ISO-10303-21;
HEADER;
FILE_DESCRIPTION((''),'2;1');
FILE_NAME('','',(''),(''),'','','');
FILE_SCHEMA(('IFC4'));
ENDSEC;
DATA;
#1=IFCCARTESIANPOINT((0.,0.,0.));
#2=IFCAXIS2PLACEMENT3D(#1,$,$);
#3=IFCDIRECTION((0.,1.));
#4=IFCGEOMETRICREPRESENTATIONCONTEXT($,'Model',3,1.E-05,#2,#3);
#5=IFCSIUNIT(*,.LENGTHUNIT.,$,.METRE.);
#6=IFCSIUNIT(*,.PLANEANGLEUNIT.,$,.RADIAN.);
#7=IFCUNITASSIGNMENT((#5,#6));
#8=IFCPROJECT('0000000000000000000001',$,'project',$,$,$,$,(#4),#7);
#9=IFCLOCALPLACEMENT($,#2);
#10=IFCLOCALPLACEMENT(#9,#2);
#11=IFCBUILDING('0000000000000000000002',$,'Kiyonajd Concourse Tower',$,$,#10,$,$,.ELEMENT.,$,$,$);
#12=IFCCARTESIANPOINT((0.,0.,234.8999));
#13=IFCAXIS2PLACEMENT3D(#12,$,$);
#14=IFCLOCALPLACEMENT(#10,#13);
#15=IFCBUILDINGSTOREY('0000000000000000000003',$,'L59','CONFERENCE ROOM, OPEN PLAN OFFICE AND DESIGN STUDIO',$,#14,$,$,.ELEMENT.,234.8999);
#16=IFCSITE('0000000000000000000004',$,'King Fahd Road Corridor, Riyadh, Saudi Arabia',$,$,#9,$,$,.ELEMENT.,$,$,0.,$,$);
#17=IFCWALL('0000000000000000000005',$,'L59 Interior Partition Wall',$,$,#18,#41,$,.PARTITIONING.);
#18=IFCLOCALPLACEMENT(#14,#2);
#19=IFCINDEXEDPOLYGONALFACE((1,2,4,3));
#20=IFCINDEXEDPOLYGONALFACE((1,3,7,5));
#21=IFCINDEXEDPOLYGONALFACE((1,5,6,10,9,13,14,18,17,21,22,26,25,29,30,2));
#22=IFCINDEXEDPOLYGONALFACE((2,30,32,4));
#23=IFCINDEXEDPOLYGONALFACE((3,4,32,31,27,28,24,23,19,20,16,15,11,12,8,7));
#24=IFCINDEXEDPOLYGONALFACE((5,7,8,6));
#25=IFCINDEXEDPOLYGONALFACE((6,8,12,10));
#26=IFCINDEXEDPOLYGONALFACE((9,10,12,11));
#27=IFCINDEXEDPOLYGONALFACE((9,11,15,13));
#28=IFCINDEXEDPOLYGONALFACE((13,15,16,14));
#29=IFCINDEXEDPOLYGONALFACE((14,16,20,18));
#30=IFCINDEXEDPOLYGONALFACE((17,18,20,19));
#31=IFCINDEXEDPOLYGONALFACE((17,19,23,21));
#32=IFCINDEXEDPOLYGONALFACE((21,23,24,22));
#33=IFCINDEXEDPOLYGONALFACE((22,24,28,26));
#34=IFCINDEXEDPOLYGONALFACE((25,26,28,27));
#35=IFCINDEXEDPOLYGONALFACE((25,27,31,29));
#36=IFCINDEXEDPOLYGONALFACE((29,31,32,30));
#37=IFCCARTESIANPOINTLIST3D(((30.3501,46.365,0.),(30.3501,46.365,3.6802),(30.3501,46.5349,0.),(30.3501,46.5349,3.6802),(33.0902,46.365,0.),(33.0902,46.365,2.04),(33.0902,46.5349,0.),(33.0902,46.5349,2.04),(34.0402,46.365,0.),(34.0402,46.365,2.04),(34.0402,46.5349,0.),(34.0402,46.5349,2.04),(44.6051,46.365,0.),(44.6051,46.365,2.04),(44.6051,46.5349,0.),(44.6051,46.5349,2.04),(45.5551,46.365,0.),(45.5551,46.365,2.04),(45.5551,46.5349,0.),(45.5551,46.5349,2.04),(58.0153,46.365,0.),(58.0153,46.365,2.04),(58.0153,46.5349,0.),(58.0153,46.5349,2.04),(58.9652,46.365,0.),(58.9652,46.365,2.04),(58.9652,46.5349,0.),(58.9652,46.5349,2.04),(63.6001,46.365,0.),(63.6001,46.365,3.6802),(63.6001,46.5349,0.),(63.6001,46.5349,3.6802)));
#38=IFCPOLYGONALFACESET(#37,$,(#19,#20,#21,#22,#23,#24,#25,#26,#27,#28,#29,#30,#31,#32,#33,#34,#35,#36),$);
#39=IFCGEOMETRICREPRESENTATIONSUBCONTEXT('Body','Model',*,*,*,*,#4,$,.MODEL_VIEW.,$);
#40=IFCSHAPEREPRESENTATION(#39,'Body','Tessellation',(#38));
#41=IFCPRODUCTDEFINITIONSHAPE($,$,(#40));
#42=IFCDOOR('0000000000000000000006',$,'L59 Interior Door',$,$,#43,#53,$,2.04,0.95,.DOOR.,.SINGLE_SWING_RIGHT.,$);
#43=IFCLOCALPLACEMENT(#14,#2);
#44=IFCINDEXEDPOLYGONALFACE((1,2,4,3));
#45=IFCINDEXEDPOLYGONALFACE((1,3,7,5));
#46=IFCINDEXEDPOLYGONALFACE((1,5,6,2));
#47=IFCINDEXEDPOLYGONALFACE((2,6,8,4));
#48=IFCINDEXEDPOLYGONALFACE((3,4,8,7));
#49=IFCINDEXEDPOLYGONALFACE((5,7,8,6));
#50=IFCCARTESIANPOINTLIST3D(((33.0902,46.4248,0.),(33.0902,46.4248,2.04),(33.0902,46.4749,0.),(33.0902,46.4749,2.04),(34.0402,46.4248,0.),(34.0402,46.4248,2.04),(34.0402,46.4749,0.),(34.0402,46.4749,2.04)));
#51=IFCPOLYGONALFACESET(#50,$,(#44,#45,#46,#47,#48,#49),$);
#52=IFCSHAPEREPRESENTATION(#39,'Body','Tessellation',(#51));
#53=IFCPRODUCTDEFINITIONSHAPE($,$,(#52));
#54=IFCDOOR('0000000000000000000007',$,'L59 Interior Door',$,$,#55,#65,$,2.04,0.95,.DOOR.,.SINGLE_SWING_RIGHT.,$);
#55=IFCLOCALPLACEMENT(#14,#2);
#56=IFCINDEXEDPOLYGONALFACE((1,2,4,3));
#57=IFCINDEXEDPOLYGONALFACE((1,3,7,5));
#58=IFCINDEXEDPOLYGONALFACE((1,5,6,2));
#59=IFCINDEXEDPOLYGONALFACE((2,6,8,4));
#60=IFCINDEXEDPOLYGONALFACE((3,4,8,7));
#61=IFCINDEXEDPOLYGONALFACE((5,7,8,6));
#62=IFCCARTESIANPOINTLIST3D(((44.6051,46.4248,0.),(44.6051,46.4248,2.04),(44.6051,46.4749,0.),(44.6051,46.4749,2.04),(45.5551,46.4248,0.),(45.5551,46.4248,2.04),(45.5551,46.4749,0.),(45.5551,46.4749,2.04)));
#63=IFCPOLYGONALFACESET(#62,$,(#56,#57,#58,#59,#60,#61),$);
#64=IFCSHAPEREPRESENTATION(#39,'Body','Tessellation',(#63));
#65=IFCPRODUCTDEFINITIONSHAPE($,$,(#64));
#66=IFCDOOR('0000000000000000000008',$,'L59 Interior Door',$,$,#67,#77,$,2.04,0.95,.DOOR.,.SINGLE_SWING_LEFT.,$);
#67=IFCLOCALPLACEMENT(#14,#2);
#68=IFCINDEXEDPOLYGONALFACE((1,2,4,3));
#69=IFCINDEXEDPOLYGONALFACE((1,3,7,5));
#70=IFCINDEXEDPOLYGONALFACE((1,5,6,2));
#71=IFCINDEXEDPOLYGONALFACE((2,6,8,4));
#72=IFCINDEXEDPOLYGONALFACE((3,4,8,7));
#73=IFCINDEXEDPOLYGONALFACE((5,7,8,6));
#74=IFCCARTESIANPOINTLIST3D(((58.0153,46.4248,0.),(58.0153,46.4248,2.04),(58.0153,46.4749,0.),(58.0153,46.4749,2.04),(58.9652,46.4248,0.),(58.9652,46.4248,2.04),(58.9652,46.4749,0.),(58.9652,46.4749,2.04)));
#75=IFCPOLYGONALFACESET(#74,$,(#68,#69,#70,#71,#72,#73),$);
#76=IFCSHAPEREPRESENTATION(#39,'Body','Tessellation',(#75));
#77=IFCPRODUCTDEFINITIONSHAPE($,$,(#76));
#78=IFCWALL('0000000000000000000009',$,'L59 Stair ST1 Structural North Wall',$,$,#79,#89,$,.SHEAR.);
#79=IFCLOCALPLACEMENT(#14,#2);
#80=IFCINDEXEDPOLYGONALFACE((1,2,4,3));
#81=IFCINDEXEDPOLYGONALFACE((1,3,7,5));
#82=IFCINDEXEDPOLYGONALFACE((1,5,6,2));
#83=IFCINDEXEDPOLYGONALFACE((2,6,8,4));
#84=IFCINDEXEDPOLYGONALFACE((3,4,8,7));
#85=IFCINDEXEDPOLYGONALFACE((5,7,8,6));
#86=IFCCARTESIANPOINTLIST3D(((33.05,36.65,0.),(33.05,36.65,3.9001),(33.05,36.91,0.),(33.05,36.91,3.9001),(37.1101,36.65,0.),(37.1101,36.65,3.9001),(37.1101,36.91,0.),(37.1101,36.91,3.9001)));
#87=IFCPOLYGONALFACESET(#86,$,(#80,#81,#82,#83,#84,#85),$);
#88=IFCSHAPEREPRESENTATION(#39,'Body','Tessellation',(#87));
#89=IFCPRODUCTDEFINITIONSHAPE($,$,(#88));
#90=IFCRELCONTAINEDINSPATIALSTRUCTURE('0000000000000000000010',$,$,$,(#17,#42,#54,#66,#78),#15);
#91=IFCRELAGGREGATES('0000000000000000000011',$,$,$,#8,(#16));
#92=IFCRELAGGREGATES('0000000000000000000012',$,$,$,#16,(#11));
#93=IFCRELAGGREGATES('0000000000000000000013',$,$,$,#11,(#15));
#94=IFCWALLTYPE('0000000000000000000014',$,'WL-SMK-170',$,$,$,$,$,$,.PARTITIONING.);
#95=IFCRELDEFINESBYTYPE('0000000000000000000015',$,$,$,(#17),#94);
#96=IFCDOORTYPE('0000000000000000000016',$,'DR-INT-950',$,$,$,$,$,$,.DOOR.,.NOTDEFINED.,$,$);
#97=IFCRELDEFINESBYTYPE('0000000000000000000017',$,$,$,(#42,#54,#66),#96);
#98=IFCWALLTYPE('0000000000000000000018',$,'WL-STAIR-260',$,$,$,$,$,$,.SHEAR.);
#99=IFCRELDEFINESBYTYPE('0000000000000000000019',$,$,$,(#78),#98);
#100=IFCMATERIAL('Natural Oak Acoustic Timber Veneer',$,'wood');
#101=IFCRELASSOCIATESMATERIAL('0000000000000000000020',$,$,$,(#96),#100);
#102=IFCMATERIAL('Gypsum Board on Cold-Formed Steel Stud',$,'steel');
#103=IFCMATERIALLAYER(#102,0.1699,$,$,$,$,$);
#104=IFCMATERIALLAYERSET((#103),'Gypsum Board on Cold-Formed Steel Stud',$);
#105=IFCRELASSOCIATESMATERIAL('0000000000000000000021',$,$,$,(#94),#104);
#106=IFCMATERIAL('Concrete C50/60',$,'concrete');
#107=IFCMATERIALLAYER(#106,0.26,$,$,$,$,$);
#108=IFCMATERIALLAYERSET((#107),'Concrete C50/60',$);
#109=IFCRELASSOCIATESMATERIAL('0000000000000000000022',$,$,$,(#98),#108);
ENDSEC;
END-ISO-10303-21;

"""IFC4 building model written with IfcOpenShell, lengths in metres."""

from ifc_helpers import new_model, si_unit, direction, frame, frame_2d, origin, place, context, subcontext, project, spatial, rectangle, extrude, material, layer, layer_set, type_object, element, fill, save


model = new_model("IFC4")

# Units and contexts
model_context = context("Model", 3, precision=1e-05, world=origin(), true_north=direction((0.0, 1.0)))
body_context = subcontext(model_context, "Body", "Model", "MODEL_VIEW")
ifc_project = project(units=[si_unit("LENGTHUNIT", "METRE"), si_unit("PLANEANGLEUNIT", "RADIAN")], contexts=[model_context])

# Site, building, storey
site_placement = place(None, origin())
site = spatial("IfcSite", under=ifc_project, at=site_placement, Name="King Fahd Road Corridor, Riyadh, Saudi Arabia", CompositionType="ELEMENT", RefElevation=0.0)
building_placement = place(site_placement, origin())
building = spatial("IfcBuilding", under=site, at=building_placement, Name="Kiyonajd Concourse Tower", CompositionType="ELEMENT")
storey_placement = place(building_placement, frame((0.0, 0.0, 234.8999)))
storey = spatial("IfcBuildingStorey", under=building, at=storey_placement, Name="L59", Description="CONFERENCE ROOM, OPEN PLAN OFFICE AND DESIGN STUDIO", CompositionType="ELEMENT", Elevation=234.8999)

# Shared definitions
ifc_material_1 = material(Name="Natural Oak Acoustic Timber Veneer", Category="wood")
door_type_1 = type_object("IfcDoorType", Name="DR-INT-950", OperationType="NOTDEFINED", PredefinedType="DOOR", material=ifc_material_1)

# Shared definitions
ifc_material_2 = material(Name="Gypsum Board on Cold-Formed Steel Stud", Category="steel")

# Shared definitions
ifc_layer_1 = layer(ifc_material_2, 0.1699)
ifc_layer_set_1 = layer_set([ifc_layer_1], Name="Gypsum Board on Cold-Formed Steel Stud")
wall_type_1 = type_object("IfcWallType", Name="WL-SMK-170", PredefinedType="PARTITIONING", material=ifc_layer_set_1)

# Wall, openings, doors
wall_1_placement = place(storey_placement, frame((30.3501, 46.45, 0.0), z_axis=(0.0, 0.0, 1.0), x_axis=(1.0, 0.0, 0.0)))
wall_1 = element("IfcWall", 1, at=wall_1_placement, inside=storey, type_object=wall_type_1, Name="L59 Interior Partition Wall", PredefinedType="PARTITIONING", context=body_context, shape_type="SweptSolid", body=[
    extrude(rectangle(XDim=33.25, YDim=0.1699, at=frame_2d((16.625, 0.0))), origin(), (0.0, 0.0, 1.0), 3.6802),
])
opening_1_placement = place(wall_1_placement, frame((2.74, 0.0, 0.0)))
opening_1 = element("IfcOpeningElement", 2, at=opening_1_placement, cuts=wall_1, PredefinedType="OPENING", context=body_context, shape_type="SweptSolid", body=[
    extrude(rectangle(XDim=0.95, YDim=2.04, at=frame_2d((0.4751, 1.02))), frame((0.0, 0.095, 0.0), z_axis=(0.0, -1.0, 0.0), x_axis=(1.0, 0.0, 0.0)), (0.0, 0.0, 1.0), 0.1899),
])
opening_2_placement = place(wall_1_placement, frame((14.2549, 0.0, 0.0)))
opening_2 = element("IfcOpeningElement", 3, at=opening_2_placement, cuts=wall_1, PredefinedType="OPENING", context=body_context, shape_type="SweptSolid", body=[
    extrude(rectangle(XDim=0.95, YDim=2.04, at=frame_2d((0.4751, 1.02))), frame((0.0, 0.095, 0.0), z_axis=(0.0, -1.0, 0.0), x_axis=(1.0, 0.0, 0.0)), (0.0, 0.0, 1.0), 0.1899),
])
opening_3_placement = place(wall_1_placement, frame((27.665, 0.0, 0.0)))
opening_3 = element("IfcOpeningElement", 4, at=opening_3_placement, cuts=wall_1, PredefinedType="OPENING", context=body_context, shape_type="SweptSolid", body=[
    extrude(rectangle(XDim=0.95, YDim=2.04, at=frame_2d((0.4751, 1.02))), frame((0.0, 0.095, 0.0), z_axis=(0.0, -1.0, 0.0), x_axis=(1.0, 0.0, 0.0)), (0.0, 0.0, 1.0), 0.1899),
])
door_1_placement = place(opening_1_placement, origin())
door_1 = element("IfcDoor", 5, at=door_1_placement, inside=storey, type_object=door_type_1, Name="L59 Interior Door", OperationType="SINGLE_SWING_RIGHT", OverallHeight=2.04, OverallWidth=0.95, PredefinedType="DOOR", context=body_context, shape_type="SweptSolid", body=[
    extrude(rectangle(XDim=0.95, YDim=2.04, at=frame_2d((0.4751, 1.02))), frame((0.0, 0.0249, 0.0), z_axis=(0.0, -1.0, 0.0), x_axis=(1.0, 0.0, 0.0)), (0.0, 0.0, 1.0), 0.05),
])
fill(opening_1, door_1)
door_2_placement = place(opening_2_placement, origin())
door_2 = element("IfcDoor", 6, at=door_2_placement, inside=storey, type_object=door_type_1, Name="L59 Interior Door", OperationType="SINGLE_SWING_RIGHT", OverallHeight=2.04, OverallWidth=0.95, PredefinedType="DOOR", context=body_context, shape_type="SweptSolid", body=[
    extrude(rectangle(XDim=0.95, YDim=2.04, at=frame_2d((0.4751, 1.02))), frame((0.0, 0.0249, 0.0), z_axis=(0.0, -1.0, 0.0), x_axis=(1.0, 0.0, 0.0)), (0.0, 0.0, 1.0), 0.05),
])
fill(opening_2, door_2)
door_3_placement = place(opening_3_placement, origin())
door_3 = element("IfcDoor", 7, at=door_3_placement, inside=storey, type_object=door_type_1, Name="L59 Interior Door", OperationType="SINGLE_SWING_LEFT", OverallHeight=2.04, OverallWidth=0.95, PredefinedType="DOOR", context=body_context, shape_type="SweptSolid", body=[
    extrude(rectangle(XDim=0.95, YDim=2.04, at=frame_2d((0.4751, 1.02))), frame((0.0, 0.0249, 0.0), z_axis=(0.0, -1.0, 0.0), x_axis=(1.0, 0.0, 0.0)), (0.0, 0.0, 1.0), 0.05),
])
fill(opening_3, door_3)

# Wall
ifc_material_3 = material(Name="Concrete C50/60", Category="concrete")
ifc_layer_2 = layer(ifc_material_3, 0.26)
ifc_layer_set_2 = layer_set([ifc_layer_2], Name="Concrete C50/60")
wall_type_2 = type_object("IfcWallType", Name="WL-STAIR-260", PredefinedType="SHEAR", material=ifc_layer_set_2)
wall_2_placement = place(storey_placement, frame((33.05, 36.78, 0.0), z_axis=(0.0, 0.0, 1.0), x_axis=(1.0, 0.0, 0.0)))
element("IfcWall", 8, at=wall_2_placement, inside=storey, type_object=wall_type_2, Name="L59 Stair ST1 Structural North Wall", PredefinedType="SHEAR", context=body_context, shape_type="SweptSolid", body=[
    extrude(rectangle(XDim=4.0601, YDim=0.26, at=frame_2d((2.03, 0.0))), origin(), (0.0, 0.0, 1.0), 3.9001),
])

save(model, "model.ifc")
